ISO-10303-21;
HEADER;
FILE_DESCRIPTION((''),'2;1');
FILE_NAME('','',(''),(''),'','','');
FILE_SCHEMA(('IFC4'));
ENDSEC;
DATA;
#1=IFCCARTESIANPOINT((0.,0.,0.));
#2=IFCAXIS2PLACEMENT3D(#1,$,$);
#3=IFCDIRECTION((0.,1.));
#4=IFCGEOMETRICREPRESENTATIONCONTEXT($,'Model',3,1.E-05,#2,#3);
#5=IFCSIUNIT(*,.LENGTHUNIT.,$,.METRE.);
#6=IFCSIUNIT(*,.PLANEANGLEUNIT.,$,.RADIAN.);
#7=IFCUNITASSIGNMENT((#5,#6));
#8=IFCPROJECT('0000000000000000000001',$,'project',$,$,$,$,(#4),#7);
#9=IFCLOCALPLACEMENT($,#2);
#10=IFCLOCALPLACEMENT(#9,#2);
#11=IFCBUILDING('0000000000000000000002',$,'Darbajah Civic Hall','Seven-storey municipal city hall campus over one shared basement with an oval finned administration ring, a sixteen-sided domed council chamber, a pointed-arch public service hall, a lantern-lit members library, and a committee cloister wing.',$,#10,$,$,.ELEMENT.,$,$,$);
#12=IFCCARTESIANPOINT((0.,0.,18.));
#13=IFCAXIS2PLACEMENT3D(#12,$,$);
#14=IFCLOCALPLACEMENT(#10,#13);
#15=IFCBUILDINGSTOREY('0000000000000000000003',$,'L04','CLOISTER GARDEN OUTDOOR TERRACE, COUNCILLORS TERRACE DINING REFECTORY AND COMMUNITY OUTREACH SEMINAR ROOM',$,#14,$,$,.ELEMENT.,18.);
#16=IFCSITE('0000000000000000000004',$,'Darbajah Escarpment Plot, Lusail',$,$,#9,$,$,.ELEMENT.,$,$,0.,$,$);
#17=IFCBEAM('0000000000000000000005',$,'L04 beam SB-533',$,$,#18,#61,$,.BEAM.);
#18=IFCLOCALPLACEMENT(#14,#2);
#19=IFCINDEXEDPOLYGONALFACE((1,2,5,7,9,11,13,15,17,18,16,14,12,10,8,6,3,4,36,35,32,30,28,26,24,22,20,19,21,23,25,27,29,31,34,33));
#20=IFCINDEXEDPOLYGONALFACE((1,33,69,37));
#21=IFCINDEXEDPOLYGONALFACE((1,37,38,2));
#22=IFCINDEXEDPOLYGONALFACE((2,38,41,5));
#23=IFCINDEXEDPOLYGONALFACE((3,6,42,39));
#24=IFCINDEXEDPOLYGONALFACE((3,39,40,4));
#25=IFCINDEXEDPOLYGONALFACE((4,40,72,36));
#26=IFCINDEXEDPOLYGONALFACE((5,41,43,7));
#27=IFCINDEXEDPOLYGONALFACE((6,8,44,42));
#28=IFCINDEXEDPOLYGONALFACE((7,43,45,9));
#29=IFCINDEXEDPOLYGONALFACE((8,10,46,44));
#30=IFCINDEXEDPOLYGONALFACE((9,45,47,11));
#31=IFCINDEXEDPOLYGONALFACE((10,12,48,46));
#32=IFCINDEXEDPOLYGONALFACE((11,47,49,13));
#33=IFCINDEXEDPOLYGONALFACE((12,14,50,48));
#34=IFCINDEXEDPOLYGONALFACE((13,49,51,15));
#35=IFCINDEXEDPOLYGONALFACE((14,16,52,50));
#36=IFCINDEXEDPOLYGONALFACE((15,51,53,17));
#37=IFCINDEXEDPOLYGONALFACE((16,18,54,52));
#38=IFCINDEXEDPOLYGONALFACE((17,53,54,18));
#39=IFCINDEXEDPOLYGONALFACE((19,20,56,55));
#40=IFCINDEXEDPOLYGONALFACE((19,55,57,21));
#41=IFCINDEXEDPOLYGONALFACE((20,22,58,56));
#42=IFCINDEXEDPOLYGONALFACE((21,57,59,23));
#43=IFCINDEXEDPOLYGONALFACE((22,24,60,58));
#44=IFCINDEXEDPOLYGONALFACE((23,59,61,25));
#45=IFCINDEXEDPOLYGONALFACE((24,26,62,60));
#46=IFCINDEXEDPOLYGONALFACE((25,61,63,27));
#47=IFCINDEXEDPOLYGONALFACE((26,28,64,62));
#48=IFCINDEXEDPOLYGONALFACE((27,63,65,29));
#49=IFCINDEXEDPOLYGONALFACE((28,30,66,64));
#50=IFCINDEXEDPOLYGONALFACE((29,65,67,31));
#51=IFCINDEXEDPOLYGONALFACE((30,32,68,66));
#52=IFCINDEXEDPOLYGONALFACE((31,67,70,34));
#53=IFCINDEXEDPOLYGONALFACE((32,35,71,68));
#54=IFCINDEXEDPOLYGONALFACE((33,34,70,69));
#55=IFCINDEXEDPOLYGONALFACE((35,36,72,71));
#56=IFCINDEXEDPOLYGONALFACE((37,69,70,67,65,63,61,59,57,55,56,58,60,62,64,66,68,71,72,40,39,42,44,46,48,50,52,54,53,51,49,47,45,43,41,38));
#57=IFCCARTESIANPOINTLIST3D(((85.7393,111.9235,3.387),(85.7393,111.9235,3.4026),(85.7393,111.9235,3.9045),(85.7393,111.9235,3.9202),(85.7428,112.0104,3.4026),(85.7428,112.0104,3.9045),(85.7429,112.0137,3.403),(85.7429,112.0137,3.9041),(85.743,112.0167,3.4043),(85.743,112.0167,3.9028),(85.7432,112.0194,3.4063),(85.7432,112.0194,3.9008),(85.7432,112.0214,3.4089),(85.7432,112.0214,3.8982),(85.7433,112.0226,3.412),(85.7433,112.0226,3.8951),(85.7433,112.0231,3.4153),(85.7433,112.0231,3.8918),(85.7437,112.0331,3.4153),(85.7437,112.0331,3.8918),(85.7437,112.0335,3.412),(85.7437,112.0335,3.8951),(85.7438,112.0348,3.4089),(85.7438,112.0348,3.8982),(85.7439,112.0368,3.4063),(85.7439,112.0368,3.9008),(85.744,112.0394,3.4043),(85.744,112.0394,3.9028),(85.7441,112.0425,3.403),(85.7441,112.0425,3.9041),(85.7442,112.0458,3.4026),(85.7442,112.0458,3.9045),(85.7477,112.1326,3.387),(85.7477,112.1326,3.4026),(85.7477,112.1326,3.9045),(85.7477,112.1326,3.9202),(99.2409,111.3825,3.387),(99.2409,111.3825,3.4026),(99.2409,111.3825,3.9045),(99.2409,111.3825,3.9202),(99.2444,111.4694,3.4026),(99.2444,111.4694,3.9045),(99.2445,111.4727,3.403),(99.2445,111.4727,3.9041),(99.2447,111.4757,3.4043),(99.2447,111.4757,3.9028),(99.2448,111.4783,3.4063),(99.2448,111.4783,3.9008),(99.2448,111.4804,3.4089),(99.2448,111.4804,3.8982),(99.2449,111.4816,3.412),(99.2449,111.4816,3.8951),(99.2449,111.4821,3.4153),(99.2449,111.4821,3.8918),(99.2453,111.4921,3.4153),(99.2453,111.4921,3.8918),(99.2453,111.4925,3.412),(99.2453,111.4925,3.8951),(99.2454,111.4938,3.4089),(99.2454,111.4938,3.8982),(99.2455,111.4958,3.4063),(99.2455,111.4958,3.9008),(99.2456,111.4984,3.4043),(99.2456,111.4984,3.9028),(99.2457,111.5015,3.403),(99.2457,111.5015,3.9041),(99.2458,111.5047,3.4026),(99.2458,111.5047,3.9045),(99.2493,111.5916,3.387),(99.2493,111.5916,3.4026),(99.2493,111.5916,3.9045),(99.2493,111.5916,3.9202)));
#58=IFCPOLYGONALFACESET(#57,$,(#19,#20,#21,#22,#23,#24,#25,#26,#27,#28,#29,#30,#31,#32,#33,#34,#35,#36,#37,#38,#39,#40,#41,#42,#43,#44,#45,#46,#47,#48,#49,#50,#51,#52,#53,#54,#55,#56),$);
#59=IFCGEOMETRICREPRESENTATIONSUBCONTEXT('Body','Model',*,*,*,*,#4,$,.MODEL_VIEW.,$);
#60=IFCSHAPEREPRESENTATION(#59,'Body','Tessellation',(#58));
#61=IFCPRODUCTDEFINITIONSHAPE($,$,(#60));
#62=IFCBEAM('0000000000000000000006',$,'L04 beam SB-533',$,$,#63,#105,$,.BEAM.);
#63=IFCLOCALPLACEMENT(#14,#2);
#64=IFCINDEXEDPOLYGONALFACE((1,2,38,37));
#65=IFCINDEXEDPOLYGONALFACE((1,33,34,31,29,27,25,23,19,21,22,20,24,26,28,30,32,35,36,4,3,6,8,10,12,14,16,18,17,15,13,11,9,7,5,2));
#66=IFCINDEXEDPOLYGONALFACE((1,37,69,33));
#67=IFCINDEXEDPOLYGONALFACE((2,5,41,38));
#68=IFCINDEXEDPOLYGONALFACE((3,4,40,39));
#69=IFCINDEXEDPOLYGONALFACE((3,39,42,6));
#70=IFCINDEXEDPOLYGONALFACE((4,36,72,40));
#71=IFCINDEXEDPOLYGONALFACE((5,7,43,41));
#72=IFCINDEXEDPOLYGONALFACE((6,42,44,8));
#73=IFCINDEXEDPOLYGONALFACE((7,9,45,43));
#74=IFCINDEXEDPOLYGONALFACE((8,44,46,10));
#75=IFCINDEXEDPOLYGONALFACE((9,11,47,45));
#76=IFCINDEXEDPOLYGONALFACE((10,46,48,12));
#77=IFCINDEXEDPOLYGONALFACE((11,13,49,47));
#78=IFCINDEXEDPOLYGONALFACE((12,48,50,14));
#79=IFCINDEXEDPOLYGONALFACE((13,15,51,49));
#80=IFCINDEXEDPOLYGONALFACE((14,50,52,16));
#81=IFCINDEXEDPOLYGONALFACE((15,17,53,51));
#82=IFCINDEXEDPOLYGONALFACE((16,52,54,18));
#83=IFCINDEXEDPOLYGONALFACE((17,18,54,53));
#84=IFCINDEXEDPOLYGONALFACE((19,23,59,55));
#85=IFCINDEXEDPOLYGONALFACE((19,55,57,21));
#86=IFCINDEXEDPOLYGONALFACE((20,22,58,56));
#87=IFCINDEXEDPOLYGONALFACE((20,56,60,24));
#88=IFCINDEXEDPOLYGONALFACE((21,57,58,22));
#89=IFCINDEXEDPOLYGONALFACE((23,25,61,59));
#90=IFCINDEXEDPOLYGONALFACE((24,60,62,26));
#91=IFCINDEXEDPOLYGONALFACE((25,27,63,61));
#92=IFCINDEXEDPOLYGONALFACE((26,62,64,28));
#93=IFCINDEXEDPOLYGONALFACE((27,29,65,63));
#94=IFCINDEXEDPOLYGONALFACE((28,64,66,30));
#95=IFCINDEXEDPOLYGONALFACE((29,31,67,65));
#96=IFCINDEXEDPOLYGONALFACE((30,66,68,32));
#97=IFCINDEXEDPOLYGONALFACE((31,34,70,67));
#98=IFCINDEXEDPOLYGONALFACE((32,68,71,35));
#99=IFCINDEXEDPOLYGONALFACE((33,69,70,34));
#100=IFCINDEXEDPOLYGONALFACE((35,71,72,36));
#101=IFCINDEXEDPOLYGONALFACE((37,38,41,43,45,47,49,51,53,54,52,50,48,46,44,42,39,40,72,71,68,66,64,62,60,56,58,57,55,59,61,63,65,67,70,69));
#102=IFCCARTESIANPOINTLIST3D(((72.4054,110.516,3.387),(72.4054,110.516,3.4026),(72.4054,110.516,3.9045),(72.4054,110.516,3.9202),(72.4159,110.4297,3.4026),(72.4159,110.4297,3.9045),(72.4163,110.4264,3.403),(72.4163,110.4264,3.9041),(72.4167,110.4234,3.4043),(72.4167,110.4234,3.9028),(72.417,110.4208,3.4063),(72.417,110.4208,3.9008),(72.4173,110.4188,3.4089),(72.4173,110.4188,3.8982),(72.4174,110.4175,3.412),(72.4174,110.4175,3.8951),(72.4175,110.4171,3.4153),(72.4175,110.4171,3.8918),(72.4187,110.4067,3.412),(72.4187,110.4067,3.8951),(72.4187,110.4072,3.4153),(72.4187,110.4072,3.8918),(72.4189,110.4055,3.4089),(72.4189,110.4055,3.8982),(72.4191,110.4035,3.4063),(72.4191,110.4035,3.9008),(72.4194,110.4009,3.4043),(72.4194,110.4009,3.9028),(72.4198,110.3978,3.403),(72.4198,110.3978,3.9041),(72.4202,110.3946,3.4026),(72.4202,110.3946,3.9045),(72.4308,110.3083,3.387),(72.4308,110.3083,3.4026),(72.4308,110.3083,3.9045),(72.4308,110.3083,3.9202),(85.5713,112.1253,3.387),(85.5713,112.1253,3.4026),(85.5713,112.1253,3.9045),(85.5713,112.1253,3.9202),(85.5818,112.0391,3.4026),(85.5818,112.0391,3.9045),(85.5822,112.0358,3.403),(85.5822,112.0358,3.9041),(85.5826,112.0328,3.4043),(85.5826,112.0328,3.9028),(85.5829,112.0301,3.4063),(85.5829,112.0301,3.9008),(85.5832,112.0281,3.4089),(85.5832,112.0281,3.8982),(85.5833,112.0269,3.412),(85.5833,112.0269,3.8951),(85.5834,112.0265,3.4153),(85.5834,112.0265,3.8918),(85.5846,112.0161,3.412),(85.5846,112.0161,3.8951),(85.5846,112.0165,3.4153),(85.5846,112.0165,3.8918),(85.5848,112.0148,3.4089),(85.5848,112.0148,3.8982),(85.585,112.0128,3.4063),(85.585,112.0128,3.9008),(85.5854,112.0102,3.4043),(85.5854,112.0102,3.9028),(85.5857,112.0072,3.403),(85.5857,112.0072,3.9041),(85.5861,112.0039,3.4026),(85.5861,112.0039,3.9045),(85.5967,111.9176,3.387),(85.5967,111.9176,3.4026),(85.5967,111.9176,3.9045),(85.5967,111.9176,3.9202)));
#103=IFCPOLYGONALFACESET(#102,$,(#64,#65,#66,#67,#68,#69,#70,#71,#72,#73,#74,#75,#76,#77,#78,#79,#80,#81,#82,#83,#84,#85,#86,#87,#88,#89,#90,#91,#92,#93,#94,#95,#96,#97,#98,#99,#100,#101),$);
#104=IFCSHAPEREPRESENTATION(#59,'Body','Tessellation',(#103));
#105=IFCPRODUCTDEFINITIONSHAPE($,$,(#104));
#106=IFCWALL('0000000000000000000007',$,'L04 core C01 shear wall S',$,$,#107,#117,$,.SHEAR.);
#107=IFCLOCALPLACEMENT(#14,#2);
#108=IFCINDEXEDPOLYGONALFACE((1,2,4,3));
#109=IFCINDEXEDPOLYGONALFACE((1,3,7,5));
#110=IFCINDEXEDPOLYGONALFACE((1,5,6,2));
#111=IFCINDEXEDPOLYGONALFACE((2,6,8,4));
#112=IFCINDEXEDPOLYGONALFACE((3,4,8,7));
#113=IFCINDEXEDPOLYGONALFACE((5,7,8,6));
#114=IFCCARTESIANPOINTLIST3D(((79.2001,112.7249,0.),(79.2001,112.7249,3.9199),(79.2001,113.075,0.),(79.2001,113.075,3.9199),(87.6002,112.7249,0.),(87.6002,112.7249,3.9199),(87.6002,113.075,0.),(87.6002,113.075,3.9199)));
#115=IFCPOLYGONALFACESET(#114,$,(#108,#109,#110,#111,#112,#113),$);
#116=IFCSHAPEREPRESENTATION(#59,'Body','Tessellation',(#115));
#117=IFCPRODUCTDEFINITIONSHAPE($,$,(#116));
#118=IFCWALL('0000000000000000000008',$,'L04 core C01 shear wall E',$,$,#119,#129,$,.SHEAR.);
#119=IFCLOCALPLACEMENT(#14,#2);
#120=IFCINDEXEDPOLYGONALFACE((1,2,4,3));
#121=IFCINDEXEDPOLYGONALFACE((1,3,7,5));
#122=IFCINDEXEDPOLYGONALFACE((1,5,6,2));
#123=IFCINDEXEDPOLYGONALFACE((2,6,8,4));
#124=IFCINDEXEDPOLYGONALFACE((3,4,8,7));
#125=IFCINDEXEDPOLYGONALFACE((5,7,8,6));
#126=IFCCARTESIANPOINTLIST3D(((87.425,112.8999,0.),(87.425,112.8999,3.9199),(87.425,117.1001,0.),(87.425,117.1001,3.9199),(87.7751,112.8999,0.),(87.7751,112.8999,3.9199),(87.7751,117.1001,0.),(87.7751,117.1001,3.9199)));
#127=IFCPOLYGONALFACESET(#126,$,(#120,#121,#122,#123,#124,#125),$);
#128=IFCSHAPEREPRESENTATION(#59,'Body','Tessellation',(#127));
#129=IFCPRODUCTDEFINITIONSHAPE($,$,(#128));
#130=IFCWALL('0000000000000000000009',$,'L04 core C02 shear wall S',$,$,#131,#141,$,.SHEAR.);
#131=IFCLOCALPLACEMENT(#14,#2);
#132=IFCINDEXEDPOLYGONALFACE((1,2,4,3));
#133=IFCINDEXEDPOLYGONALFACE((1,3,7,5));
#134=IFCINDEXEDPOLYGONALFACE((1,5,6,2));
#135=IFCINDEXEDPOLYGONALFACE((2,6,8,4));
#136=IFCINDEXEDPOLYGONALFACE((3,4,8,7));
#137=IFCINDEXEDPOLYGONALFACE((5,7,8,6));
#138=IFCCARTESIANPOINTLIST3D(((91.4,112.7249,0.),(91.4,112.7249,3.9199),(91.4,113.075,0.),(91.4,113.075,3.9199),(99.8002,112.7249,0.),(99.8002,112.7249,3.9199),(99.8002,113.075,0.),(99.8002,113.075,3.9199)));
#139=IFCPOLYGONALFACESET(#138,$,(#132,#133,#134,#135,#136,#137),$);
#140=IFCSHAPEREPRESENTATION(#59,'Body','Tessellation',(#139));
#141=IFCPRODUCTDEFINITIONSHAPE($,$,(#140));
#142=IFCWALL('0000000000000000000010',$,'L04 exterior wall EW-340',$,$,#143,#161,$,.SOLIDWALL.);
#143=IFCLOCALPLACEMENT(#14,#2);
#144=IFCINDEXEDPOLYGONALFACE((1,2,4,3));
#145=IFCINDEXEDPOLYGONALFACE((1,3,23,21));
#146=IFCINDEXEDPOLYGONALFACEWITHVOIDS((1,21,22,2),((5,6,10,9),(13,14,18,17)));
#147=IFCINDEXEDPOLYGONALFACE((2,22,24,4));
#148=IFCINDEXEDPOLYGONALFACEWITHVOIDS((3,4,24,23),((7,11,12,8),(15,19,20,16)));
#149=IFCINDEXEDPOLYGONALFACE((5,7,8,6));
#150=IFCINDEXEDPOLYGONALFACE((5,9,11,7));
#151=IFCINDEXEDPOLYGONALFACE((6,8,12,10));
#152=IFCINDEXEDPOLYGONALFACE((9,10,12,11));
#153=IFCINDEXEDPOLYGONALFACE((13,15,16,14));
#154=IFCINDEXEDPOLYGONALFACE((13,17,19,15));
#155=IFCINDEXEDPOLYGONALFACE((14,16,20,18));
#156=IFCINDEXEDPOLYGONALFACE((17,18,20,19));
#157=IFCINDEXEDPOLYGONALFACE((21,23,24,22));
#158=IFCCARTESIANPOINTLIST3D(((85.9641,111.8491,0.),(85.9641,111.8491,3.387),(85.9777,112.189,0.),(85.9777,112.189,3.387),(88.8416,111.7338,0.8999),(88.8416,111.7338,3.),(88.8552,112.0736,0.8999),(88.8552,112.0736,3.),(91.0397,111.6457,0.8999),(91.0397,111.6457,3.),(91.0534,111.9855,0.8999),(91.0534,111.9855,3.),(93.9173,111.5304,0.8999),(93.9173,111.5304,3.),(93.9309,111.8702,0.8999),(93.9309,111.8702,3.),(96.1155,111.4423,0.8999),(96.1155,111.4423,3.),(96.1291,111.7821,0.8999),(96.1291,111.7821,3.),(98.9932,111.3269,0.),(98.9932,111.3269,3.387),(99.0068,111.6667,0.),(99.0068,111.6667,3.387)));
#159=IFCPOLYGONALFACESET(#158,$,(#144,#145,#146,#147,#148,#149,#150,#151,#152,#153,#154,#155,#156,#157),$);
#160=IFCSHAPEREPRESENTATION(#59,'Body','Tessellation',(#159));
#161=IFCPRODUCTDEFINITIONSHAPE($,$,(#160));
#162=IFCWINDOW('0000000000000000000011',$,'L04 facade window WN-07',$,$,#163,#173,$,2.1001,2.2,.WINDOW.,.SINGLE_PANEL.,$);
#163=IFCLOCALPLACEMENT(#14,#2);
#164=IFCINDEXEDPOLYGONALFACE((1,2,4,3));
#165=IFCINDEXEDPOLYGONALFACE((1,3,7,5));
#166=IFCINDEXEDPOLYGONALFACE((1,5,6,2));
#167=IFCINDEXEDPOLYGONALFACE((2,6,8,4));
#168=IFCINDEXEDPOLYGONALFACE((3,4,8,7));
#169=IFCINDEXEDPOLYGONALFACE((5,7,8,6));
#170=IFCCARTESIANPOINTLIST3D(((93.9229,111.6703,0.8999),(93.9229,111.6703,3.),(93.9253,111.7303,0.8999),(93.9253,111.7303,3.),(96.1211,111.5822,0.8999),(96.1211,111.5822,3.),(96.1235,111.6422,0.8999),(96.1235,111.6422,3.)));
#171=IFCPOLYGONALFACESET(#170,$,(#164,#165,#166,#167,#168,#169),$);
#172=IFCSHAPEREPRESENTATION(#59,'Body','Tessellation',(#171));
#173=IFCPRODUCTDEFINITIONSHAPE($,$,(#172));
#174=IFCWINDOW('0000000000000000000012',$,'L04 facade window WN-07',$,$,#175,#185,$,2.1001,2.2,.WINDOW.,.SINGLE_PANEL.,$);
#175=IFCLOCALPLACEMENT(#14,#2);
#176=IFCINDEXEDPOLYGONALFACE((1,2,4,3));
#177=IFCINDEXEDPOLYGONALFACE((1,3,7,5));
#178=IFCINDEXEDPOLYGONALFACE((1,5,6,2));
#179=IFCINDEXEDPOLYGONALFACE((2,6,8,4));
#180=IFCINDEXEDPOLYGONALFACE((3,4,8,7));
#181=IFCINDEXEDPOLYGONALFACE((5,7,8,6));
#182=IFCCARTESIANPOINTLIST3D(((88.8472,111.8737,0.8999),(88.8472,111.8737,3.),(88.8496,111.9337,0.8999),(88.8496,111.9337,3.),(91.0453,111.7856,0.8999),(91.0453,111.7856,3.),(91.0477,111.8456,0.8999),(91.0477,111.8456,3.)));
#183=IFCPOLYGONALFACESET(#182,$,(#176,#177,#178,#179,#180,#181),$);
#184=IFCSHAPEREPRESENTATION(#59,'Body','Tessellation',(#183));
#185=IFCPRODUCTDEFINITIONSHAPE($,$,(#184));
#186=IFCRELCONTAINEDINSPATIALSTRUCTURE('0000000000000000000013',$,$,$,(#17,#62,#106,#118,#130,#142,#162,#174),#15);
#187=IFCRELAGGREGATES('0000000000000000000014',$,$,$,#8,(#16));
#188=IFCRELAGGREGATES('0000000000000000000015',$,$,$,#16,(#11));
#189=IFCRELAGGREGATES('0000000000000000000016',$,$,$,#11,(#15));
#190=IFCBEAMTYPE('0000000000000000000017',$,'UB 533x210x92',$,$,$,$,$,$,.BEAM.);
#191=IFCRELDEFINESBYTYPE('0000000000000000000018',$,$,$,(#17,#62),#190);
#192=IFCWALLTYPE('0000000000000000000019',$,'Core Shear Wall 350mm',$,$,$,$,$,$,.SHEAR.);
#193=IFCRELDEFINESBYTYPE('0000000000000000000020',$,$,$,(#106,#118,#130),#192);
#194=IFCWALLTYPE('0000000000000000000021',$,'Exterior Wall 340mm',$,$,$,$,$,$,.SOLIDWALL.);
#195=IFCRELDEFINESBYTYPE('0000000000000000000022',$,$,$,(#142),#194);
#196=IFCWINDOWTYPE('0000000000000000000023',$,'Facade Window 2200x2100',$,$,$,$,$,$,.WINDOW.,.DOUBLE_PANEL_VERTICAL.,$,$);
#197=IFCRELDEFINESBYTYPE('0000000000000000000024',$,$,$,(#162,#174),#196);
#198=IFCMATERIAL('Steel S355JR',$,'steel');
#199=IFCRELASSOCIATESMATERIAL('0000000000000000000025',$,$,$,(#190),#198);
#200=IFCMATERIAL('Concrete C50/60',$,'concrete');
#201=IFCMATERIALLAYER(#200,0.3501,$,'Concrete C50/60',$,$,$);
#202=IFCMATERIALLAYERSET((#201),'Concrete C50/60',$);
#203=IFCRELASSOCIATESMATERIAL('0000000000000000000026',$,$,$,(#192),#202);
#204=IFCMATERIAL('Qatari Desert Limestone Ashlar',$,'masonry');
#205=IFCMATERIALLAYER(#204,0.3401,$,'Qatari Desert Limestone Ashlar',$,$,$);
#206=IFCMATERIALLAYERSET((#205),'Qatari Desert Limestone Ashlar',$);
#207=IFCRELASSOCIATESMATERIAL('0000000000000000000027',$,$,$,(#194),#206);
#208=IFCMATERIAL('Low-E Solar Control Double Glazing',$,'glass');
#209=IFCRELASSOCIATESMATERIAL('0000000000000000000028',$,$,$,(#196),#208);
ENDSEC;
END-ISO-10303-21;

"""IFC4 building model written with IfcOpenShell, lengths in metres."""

from ifc_helpers import new_model, si_unit, direction, frame, frame_2d, origin, origin_2d, place, context, subcontext, project, spatial, rectangle, i_section, extrude, material, layer, layer_set, material_profile, profile_set, type_object, element, fill, save


model = new_model("IFC4")

# Units and contexts
model_context = context("Model", 3, precision=1e-05, world=origin(), true_north=direction((0.0, 1.0)))
body_context = subcontext(model_context, "Body", "Model", "MODEL_VIEW")
ifc_project = project(units=[si_unit("LENGTHUNIT", "METRE"), si_unit("PLANEANGLEUNIT", "RADIAN")], contexts=[model_context])

# Site, building, storey
site_placement = place(None, origin())
site = spatial("IfcSite", under=ifc_project, at=site_placement, Name="Darbajah Escarpment Plot, Lusail", CompositionType="ELEMENT", RefElevation=0.0)
building_placement = place(site_placement, origin())
building = spatial("IfcBuilding", under=site, at=building_placement, Name="Darbajah Civic Hall", Description="Seven-storey municipal city hall campus over one shared basement with an oval finned administration ring, a sixteen-sided domed council chamber, a pointed-arch public service hall, a lantern-lit members library, and a committee cloister wing.", CompositionType="ELEMENT")
storey_placement = place(building_placement, frame((0.0, 0.0, 18.0)))
storey = spatial("IfcBuildingStorey", under=building, at=storey_placement, Name="L04", Description="CLOISTER GARDEN OUTDOOR TERRACE, COUNCILLORS TERRACE DINING REFECTORY AND COMMUNITY OUTREACH SEMINAR ROOM", CompositionType="ELEMENT", Elevation=18.0)

# Beams
ifc_material_1 = material(Name="Steel S355JR", Category="steel")
ifc_material_profile_1 = material_profile(ifc_material_1, i_section(OverallWidth=0.2092, OverallDepth=0.5332, WebThickness=0.01, FlangeThickness=0.0156, FilletRadius=0.0127, at=origin_2d()), Name="UB 533x210x92")
ifc_profile_set_1 = profile_set([ifc_material_profile_1], Name="Steel S355JR")
beam_type_1 = type_object("IfcBeamType", Name="UB 533x210x92", PredefinedType="BEAM", material=ifc_profile_set_1)
beam_1_placement = place(storey_placement, frame((99.2451, 111.4871, 3.6536), z_axis=(-0.999198, 0.040038, 0.0), x_axis=(-0.040038, -0.999198, 0.0)))
element("IfcBeam", 1, at=beam_1_placement, inside=storey, type_object=beam_type_1, Name="L04 beam SB-533", PredefinedType="BEAM", context=body_context, shape_type="SweptSolid", body=[
    extrude(i_section(OverallWidth=0.2092, OverallDepth=0.5332, WebThickness=0.01, FlangeThickness=0.0156, FilletRadius=0.0127, at=origin_2d()), origin(), (0.0, 0.0, 1.0), 13.5125),
])
beam_2_placement = place(storey_placement, frame((85.584, 112.0215, 3.6536), z_axis=(-0.992612, -0.121334, 0.0), x_axis=(0.121334, -0.992612, 0.0)))
element("IfcBeam", 2, at=beam_2_placement, inside=storey, type_object=beam_type_1, Name="L04 beam SB-533", PredefinedType="BEAM", context=body_context, shape_type="SweptSolid", body=[
    extrude(i_section(OverallWidth=0.2092, OverallDepth=0.5332, WebThickness=0.01, FlangeThickness=0.0156, FilletRadius=0.0127, at=origin_2d()), origin(), (0.0, 0.0, 1.0), 13.2639),
])

# Walls
ifc_material_2 = material(Name="Concrete C50/60", Category="concrete")
ifc_layer_1 = layer(ifc_material_2, 0.3501, Name="Concrete C50/60")
ifc_layer_set_1 = layer_set([ifc_layer_1], Name="Concrete C50/60")
wall_type_1 = type_object("IfcWallType", Name="Core Shear Wall 350mm", PredefinedType="SHEAR", material=ifc_layer_set_1)
wall_1_placement = place(storey_placement, frame((79.2, 112.8999, 0.0), z_axis=(0.0, 0.0, 1.0), x_axis=(1.0, 0.0, 0.0)))
element("IfcWall", 3, at=wall_1_placement, inside=storey, type_object=wall_type_1, Name="L04 core C01 shear wall S", PredefinedType="SHEAR", context=body_context, shape_type="SweptSolid", body=[
    extrude(rectangle(XDim=8.4001, YDim=0.3501, at=frame_2d((4.2002, 0.0))), origin(), (0.0, 0.0, 1.0), 3.9199),
])
wall_2_placement = place(storey_placement, frame((87.6001, 112.8999, 0.0), z_axis=(0.0, 0.0, 1.0), x_axis=(0.0, 1.0, 0.0)))
element("IfcWall", 4, at=wall_2_placement, inside=storey, type_object=wall_type_1, Name="L04 core C01 shear wall E", PredefinedType="SHEAR", context=body_context, shape_type="SweptSolid", body=[
    extrude(rectangle(XDim=4.2002, YDim=0.3501, at=frame_2d((2.1001, 0.0))), origin(), (0.0, 0.0, 1.0), 3.9199),
])
wall_3_placement = place(storey_placement, frame((91.3999, 112.8999, 0.0), z_axis=(0.0, 0.0, 1.0), x_axis=(1.0, 0.0, 0.0)))
element("IfcWall", 5, at=wall_3_placement, inside=storey, type_object=wall_type_1, Name="L04 core C02 shear wall S", PredefinedType="SHEAR", context=body_context, shape_type="SweptSolid", body=[
    extrude(rectangle(XDim=8.4001, YDim=0.3501, at=frame_2d((4.2002, 0.0))), origin(), (0.0, 0.0, 1.0), 3.9199),
])

# Wall, openings, windows
ifc_material_3 = material(Name="Qatari Desert Limestone Ashlar", Category="masonry")
ifc_layer_2 = layer(ifc_material_3, 0.3401, Name="Qatari Desert Limestone Ashlar")
ifc_layer_set_2 = layer_set([ifc_layer_2], Name="Qatari Desert Limestone Ashlar")
wall_type_2 = type_object("IfcWallType", Name="Exterior Wall 340mm", PredefinedType="SOLIDWALL", material=ifc_layer_set_2)
wall_4_placement = place(storey_placement, frame((99.0, 111.4968, 0.0), z_axis=(0.0, 0.0, 1.0), x_axis=(-0.999198, 0.040049, 0.0)))
wall_4 = element("IfcWall", 6, at=wall_4_placement, inside=storey, type_object=wall_type_2, Name="L04 exterior wall EW-340", PredefinedType="SOLIDWALL", context=body_context, shape_type="SweptSolid", body=[
    extrude(rectangle(XDim=13.0396, YDim=0.3401, at=frame_2d((6.5198, 0.0))), origin(), (0.0, 0.0, 1.0), 3.387),
])
opening_1_placement = place(wall_4_placement, frame((2.8799, 0.0, 0.8999)))
opening_1 = element("IfcOpeningElement", 7, at=opening_1_placement, cuts=wall_4, PredefinedType="OPENING", context=body_context, shape_type="SweptSolid", body=[
    extrude(rectangle(XDim=2.2, YDim=2.1001, at=frame_2d((1.1001, 1.05))), frame((0.0, 0.1799, 0.0), z_axis=(0.0, -1.0, 0.0), x_axis=(1.0, 0.0, 0.0)), (0.0, 0.0, 1.0), 0.3601),
])
opening_2_placement = place(wall_4_placement, frame((7.9597, 0.0, 0.8999)))
opening_2 = element("IfcOpeningElement", 8, at=opening_2_placement, cuts=wall_4, PredefinedType="OPENING", context=body_context, shape_type="SweptSolid", body=[
    extrude(rectangle(XDim=2.2, YDim=2.1001, at=frame_2d((1.1001, 1.05))), frame((0.0, 0.1799, 0.0), z_axis=(0.0, -1.0, 0.0), x_axis=(1.0, 0.0, 0.0)), (0.0, 0.0, 1.0), 0.3601),
])
ifc_material_4 = material(Name="Low-E Solar Control Double Glazing", Category="glass")
window_type_1 = type_object("IfcWindowType", Name="Facade Window 2200x2100", PartitioningType="DOUBLE_PANEL_VERTICAL", PredefinedType="WINDOW", material=ifc_material_4)
window_1_placement = place(opening_1_placement, origin())
window_1 = element("IfcWindow", 9, at=window_1_placement, inside=storey, type_object=window_type_1, Name="L04 facade window WN-07", OverallHeight=2.1001, OverallWidth=2.2, PartitioningType="SINGLE_PANEL", PredefinedType="WINDOW", context=body_context, shape_type="SweptSolid", body=[
    extrude(rectangle(XDim=2.2, YDim=2.1001, at=frame_2d((1.1001, 1.05))), frame((0.0, 0.03, 0.0), z_axis=(0.0, -1.0, 0.0), x_axis=(1.0, 0.0, 0.0)), (0.0, 0.0, 1.0), 0.0601),
])
fill(opening_1, window_1)
window_2_placement = place(opening_2_placement, origin())
window_2 = element("IfcWindow", 10, at=window_2_placement, inside=storey, type_object=window_type_1, Name="L04 facade window WN-07", OverallHeight=2.1001, OverallWidth=2.2, PartitioningType="SINGLE_PANEL", PredefinedType="WINDOW", context=body_context, shape_type="SweptSolid", body=[
    extrude(rectangle(XDim=2.2, YDim=2.1001, at=frame_2d((1.1001, 1.05))), frame((0.0, 0.03, 0.0), z_axis=(0.0, -1.0, 0.0), x_axis=(1.0, 0.0, 0.0)), (0.0, 0.0, 1.0), 0.0601),
])
fill(opening_2, window_2)

save(model, "model.ifc")
